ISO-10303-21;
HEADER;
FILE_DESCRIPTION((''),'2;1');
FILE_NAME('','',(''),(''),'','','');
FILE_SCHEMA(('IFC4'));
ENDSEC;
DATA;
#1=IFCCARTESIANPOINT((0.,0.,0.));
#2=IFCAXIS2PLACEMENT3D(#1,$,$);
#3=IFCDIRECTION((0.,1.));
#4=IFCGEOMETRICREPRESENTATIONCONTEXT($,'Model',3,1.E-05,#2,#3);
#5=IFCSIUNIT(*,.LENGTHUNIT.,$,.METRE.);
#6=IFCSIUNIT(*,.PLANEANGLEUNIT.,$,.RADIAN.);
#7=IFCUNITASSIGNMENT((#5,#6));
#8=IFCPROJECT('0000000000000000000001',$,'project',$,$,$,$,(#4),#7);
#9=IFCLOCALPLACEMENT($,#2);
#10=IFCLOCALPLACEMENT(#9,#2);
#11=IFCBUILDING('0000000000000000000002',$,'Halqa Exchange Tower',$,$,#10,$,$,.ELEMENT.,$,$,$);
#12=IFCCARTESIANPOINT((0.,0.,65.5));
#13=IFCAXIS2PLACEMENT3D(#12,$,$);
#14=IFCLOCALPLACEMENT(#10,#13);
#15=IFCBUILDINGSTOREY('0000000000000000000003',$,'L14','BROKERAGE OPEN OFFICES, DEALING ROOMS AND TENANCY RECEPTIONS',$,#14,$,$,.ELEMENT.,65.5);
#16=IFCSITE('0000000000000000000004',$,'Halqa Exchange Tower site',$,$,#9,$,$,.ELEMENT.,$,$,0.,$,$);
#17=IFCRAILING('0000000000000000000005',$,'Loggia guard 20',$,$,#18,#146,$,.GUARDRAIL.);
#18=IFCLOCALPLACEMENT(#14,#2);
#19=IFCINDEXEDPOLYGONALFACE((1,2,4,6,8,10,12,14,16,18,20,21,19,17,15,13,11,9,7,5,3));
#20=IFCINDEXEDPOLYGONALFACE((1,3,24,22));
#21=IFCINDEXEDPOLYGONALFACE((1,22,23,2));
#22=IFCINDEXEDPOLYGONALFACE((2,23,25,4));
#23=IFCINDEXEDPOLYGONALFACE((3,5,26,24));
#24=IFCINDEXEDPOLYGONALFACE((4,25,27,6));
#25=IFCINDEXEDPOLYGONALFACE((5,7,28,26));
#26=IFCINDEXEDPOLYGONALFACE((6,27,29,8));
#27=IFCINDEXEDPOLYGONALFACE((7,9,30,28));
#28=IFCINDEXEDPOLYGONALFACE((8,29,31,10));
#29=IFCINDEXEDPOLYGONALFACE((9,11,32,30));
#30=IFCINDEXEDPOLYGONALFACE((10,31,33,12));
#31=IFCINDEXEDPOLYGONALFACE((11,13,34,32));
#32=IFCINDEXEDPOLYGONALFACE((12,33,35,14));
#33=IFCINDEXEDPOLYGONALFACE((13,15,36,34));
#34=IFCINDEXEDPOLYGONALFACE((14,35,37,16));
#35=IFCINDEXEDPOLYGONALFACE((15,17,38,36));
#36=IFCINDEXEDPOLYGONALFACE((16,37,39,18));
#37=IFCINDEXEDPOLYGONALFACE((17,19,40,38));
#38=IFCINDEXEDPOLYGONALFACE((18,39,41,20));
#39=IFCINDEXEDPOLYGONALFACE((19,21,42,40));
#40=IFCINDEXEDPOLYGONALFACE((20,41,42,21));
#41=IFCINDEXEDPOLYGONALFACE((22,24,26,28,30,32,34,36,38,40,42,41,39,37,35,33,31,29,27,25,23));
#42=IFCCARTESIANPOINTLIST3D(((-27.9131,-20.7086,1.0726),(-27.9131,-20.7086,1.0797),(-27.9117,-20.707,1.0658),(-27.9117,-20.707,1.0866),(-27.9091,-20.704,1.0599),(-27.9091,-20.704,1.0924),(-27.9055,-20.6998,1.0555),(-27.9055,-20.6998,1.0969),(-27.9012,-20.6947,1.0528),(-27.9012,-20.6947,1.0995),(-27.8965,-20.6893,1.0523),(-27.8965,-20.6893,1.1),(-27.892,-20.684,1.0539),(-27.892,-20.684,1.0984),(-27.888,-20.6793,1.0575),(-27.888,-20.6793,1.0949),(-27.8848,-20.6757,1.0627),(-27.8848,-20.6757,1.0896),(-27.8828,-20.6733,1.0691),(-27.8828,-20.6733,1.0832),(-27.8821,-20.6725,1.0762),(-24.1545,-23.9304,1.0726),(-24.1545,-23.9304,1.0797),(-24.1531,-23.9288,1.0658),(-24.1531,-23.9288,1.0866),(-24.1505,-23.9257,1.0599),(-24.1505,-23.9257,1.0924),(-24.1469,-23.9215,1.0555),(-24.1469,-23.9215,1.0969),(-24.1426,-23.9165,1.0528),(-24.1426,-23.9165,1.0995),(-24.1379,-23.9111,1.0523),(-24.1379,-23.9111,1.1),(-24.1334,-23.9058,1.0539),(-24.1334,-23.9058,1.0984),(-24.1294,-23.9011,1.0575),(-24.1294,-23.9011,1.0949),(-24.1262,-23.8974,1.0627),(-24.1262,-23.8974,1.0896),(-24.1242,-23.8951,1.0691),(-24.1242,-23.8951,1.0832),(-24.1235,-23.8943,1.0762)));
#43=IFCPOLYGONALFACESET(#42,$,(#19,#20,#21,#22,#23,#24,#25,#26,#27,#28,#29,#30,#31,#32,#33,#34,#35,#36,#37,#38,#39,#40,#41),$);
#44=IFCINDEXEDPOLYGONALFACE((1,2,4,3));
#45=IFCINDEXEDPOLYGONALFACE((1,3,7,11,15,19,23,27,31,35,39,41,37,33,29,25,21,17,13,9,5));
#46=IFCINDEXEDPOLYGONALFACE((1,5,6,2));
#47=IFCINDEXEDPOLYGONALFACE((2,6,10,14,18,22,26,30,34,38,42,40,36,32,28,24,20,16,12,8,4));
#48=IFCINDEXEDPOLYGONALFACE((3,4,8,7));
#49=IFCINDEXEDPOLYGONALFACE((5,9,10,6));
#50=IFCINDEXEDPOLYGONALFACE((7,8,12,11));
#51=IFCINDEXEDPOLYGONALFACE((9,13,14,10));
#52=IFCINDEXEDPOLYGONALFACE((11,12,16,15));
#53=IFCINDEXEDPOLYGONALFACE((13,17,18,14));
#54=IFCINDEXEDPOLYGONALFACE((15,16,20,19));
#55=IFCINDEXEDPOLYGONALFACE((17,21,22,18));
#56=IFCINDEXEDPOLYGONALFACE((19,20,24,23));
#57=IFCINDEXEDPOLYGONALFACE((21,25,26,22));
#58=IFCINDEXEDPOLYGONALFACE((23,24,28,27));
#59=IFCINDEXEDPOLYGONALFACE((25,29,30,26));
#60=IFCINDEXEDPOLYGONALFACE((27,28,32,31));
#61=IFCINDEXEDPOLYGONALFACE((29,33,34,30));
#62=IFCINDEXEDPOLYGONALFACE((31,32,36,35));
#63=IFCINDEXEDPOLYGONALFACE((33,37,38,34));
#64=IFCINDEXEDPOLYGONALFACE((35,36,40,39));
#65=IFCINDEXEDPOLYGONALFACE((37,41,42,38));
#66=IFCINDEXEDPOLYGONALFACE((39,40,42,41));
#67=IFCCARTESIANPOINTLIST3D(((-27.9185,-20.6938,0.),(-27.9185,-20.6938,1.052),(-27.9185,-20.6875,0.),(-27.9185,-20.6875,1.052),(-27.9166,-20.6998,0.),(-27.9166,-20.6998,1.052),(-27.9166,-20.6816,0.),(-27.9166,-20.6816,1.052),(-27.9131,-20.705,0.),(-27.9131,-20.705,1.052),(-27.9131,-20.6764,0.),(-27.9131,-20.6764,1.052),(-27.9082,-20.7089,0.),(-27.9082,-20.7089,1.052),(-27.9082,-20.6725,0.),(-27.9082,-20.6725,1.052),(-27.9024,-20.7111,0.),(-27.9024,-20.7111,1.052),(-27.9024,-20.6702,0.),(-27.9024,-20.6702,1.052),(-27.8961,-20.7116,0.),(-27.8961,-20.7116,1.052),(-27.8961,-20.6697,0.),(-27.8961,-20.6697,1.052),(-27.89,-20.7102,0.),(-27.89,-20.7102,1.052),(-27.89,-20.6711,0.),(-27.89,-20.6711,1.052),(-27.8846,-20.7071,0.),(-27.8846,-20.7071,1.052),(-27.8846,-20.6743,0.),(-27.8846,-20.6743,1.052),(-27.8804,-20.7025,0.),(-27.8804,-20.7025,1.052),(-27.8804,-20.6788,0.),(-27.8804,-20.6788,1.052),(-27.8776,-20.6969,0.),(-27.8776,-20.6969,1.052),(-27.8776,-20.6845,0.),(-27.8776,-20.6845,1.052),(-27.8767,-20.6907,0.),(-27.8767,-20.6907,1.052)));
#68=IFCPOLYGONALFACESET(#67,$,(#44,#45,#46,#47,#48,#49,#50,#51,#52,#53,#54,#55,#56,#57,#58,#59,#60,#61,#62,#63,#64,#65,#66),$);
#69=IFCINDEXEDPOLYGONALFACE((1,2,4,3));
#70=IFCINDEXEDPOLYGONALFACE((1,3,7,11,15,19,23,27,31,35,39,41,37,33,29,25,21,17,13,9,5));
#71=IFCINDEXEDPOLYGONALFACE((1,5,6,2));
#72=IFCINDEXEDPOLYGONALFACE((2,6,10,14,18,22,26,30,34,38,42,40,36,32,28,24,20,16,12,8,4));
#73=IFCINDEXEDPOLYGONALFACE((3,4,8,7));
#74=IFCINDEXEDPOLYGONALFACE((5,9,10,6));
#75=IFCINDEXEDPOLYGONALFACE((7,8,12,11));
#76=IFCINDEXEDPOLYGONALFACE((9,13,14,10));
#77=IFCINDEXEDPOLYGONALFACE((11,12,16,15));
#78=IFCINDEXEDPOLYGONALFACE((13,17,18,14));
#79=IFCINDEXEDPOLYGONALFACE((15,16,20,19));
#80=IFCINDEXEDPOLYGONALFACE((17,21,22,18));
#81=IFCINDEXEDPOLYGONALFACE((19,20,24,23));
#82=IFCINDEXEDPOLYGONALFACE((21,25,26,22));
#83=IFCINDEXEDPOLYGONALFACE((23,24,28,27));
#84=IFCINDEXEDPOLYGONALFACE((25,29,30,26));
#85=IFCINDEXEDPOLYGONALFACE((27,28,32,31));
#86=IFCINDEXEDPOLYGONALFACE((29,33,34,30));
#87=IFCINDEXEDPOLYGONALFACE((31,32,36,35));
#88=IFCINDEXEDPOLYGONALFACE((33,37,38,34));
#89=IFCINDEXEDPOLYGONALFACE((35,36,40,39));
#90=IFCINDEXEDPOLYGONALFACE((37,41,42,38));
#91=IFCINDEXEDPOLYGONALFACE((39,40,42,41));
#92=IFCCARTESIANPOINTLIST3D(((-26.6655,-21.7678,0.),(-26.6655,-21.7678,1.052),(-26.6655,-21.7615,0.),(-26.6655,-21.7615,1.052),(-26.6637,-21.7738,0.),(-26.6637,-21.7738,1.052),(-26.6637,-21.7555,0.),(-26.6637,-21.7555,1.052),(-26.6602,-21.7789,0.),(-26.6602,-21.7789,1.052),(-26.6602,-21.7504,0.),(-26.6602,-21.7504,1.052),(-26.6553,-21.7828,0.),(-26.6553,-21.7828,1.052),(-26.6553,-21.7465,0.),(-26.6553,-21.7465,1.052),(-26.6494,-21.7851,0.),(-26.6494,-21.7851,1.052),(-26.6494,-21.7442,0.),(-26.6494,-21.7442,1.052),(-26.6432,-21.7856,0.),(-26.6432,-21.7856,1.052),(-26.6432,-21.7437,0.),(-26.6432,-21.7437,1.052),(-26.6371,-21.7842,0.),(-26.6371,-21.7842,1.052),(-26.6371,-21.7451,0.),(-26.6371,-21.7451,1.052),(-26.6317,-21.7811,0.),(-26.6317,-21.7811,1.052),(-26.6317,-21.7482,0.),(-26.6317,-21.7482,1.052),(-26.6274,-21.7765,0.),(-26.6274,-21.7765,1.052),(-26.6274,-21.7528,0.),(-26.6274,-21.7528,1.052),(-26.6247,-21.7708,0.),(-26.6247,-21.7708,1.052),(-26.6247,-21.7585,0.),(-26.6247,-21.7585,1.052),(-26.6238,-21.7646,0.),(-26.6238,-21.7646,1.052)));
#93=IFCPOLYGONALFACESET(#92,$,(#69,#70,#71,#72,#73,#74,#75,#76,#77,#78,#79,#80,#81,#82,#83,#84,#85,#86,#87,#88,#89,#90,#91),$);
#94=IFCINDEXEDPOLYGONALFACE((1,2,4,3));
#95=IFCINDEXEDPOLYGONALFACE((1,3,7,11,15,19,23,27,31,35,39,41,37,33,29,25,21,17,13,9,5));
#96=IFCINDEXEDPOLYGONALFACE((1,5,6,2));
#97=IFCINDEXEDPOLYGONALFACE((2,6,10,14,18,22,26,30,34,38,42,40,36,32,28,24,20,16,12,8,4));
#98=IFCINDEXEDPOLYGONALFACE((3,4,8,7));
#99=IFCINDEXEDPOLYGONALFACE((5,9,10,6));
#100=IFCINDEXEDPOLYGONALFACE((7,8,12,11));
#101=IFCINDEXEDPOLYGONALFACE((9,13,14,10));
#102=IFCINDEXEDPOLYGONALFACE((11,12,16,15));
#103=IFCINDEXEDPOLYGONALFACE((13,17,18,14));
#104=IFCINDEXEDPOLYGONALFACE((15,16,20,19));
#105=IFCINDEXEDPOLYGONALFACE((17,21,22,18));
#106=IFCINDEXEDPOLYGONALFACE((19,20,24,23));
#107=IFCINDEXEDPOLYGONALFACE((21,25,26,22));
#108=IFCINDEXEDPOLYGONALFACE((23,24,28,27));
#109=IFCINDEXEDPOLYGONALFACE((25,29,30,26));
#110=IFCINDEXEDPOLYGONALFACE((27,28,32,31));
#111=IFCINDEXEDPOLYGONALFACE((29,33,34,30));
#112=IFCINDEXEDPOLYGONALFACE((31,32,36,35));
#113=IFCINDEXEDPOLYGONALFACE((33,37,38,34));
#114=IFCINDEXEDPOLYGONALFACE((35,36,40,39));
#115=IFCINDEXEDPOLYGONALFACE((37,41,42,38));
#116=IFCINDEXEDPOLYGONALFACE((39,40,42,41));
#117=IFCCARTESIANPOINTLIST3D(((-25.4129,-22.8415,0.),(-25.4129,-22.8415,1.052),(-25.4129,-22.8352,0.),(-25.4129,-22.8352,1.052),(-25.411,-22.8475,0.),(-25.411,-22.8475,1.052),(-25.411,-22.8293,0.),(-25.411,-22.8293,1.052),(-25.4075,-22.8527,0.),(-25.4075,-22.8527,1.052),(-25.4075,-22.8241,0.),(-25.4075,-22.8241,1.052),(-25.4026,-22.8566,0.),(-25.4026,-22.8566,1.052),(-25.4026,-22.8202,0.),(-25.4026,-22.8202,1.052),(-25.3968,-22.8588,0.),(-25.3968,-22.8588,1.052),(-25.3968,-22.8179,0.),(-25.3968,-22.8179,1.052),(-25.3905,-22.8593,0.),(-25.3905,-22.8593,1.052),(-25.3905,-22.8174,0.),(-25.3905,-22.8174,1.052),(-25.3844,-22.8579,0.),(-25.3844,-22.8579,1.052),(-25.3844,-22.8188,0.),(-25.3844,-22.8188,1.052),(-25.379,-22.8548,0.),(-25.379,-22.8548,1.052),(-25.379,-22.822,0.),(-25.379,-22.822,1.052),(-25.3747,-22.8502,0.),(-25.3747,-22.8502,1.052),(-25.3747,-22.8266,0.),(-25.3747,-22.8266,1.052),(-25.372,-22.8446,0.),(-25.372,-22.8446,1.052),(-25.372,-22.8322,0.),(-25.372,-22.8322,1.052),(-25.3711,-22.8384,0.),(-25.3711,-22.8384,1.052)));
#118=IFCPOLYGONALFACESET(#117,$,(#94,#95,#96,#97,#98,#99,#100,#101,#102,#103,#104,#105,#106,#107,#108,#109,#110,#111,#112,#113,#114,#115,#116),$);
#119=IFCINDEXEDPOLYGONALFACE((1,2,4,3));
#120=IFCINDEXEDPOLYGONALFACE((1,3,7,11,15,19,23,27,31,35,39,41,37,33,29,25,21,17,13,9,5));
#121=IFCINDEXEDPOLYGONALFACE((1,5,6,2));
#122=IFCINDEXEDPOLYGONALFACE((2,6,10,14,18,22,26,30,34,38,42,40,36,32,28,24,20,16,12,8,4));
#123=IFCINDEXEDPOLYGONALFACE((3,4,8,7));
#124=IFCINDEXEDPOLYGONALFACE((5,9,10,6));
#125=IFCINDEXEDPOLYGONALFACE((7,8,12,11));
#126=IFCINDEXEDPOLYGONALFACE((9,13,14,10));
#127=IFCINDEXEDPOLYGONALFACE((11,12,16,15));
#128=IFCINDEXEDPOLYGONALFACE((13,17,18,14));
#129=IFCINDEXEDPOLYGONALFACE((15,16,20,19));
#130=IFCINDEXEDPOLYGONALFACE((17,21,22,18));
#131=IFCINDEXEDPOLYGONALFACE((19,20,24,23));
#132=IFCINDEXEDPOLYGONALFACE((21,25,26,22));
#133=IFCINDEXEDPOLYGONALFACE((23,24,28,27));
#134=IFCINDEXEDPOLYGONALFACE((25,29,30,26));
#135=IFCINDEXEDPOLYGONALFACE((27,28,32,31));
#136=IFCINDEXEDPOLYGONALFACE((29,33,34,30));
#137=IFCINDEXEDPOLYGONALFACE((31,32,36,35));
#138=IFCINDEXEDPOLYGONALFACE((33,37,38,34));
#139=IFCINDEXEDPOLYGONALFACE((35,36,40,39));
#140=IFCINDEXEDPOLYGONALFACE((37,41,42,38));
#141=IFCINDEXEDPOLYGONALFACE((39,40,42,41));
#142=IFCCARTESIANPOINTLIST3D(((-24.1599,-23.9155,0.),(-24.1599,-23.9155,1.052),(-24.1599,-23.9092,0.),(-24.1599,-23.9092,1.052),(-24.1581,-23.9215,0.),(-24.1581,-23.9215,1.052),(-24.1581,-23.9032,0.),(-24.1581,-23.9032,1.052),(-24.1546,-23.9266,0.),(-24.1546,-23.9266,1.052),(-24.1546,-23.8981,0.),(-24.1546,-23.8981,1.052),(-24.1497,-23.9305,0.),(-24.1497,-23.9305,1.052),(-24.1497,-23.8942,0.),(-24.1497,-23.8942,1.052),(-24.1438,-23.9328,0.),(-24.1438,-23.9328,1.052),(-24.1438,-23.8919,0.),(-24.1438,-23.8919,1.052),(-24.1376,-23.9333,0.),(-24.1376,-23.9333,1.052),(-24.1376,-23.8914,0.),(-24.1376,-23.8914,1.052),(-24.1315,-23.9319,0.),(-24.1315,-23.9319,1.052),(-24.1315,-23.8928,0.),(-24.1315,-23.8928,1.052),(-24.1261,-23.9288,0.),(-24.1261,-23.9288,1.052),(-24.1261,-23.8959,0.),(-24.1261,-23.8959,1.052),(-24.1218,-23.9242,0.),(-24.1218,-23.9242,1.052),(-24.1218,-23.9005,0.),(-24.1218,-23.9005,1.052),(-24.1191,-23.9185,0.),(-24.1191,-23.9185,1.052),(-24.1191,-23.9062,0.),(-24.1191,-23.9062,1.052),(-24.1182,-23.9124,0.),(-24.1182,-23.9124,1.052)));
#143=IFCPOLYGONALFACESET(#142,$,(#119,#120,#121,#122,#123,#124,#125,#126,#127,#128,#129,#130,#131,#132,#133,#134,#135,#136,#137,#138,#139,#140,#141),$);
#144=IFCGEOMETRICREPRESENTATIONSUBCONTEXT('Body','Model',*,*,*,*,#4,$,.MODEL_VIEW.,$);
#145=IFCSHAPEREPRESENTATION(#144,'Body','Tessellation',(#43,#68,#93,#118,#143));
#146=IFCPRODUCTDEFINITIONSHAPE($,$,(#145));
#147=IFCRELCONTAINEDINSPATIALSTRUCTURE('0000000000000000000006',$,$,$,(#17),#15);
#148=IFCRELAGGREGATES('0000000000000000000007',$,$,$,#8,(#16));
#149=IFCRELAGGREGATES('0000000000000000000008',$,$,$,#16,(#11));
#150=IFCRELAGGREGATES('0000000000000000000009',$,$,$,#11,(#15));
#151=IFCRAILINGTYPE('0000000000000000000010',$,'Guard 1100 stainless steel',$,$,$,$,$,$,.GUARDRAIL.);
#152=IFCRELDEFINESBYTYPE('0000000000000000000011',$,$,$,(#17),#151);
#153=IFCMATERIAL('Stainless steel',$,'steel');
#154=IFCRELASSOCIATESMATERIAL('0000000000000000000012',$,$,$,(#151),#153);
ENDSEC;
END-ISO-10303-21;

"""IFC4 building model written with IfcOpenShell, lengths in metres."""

from ifc_helpers import new_model, si_unit, direction, frame, origin, origin_2d, place, context, subcontext, project, spatial, circle, extrude, material, type_object, element, save


model = new_model("IFC4")

# Units and contexts
model_context = context("Model", 3, precision=1e-05, world=origin(), true_north=direction((0.0, 1.0)))
body_context = subcontext(model_context, "Body", "Model", "MODEL_VIEW")
ifc_project = project(units=[si_unit("LENGTHUNIT", "METRE"), si_unit("PLANEANGLEUNIT", "RADIAN")], contexts=[model_context])

# Site, building, storey
site_placement = place(None, origin())
site = spatial("IfcSite", under=ifc_project, at=site_placement, Name="Halqa Exchange Tower site", CompositionType="ELEMENT", RefElevation=0.0)
building_placement = place(site_placement, origin())
building = spatial("IfcBuilding", under=site, at=building_placement, Name="Halqa Exchange Tower", CompositionType="ELEMENT")
storey_placement = place(building_placement, frame((0.0, 0.0, 65.5)))
storey = spatial("IfcBuildingStorey", under=building, at=storey_placement, Name="L14", Description="BROKERAGE OPEN OFFICES, DEALING ROOMS AND TENANCY RECEPTIONS", CompositionType="ELEMENT", Elevation=65.5)

# Railing
ifc_material_1 = material(Name="Stainless steel", Category="steel")
railing_type = type_object("IfcRailingType", Name="Guard 1100 stainless steel", PredefinedType="GUARDRAIL", material=ifc_material_1)
railing_1_placement = place(storey_placement, frame((-27.8977, -20.6907, 0.0)))
element("IfcRailing", 1, at=railing_1_placement, inside=storey, type_object=railing_type, Name="Loggia guard 20", PredefinedType="GUARDRAIL", context=body_context, shape_type="SweptSolid", body=[
    extrude(circle(Radius=0.0239, at=origin_2d()), frame((0.0, 0.0, 1.0762), z_axis=(0.75925, -0.650799, 0.0), x_axis=(0.650799, 0.75925, 0.0)), (0.0, 0.0, 1.0), 4.9504),
    extrude(circle(Radius=0.021, at=origin_2d()), origin(), (0.0, 0.0, 1.0), 1.052),
    extrude(circle(Radius=0.021, at=origin_2d()), frame((1.2529, -1.074, 0.0)), (0.0, 0.0, 1.0), 1.052),
    extrude(circle(Radius=0.021, at=origin_2d()), frame((2.5056, -2.1477, 0.0)), (0.0, 0.0, 1.0), 1.052),
    extrude(circle(Radius=0.021, at=origin_2d()), frame((3.7585, -3.2217, 0.0)), (0.0, 0.0, 1.0), 1.052),
])

save(model, "model.ifc")
